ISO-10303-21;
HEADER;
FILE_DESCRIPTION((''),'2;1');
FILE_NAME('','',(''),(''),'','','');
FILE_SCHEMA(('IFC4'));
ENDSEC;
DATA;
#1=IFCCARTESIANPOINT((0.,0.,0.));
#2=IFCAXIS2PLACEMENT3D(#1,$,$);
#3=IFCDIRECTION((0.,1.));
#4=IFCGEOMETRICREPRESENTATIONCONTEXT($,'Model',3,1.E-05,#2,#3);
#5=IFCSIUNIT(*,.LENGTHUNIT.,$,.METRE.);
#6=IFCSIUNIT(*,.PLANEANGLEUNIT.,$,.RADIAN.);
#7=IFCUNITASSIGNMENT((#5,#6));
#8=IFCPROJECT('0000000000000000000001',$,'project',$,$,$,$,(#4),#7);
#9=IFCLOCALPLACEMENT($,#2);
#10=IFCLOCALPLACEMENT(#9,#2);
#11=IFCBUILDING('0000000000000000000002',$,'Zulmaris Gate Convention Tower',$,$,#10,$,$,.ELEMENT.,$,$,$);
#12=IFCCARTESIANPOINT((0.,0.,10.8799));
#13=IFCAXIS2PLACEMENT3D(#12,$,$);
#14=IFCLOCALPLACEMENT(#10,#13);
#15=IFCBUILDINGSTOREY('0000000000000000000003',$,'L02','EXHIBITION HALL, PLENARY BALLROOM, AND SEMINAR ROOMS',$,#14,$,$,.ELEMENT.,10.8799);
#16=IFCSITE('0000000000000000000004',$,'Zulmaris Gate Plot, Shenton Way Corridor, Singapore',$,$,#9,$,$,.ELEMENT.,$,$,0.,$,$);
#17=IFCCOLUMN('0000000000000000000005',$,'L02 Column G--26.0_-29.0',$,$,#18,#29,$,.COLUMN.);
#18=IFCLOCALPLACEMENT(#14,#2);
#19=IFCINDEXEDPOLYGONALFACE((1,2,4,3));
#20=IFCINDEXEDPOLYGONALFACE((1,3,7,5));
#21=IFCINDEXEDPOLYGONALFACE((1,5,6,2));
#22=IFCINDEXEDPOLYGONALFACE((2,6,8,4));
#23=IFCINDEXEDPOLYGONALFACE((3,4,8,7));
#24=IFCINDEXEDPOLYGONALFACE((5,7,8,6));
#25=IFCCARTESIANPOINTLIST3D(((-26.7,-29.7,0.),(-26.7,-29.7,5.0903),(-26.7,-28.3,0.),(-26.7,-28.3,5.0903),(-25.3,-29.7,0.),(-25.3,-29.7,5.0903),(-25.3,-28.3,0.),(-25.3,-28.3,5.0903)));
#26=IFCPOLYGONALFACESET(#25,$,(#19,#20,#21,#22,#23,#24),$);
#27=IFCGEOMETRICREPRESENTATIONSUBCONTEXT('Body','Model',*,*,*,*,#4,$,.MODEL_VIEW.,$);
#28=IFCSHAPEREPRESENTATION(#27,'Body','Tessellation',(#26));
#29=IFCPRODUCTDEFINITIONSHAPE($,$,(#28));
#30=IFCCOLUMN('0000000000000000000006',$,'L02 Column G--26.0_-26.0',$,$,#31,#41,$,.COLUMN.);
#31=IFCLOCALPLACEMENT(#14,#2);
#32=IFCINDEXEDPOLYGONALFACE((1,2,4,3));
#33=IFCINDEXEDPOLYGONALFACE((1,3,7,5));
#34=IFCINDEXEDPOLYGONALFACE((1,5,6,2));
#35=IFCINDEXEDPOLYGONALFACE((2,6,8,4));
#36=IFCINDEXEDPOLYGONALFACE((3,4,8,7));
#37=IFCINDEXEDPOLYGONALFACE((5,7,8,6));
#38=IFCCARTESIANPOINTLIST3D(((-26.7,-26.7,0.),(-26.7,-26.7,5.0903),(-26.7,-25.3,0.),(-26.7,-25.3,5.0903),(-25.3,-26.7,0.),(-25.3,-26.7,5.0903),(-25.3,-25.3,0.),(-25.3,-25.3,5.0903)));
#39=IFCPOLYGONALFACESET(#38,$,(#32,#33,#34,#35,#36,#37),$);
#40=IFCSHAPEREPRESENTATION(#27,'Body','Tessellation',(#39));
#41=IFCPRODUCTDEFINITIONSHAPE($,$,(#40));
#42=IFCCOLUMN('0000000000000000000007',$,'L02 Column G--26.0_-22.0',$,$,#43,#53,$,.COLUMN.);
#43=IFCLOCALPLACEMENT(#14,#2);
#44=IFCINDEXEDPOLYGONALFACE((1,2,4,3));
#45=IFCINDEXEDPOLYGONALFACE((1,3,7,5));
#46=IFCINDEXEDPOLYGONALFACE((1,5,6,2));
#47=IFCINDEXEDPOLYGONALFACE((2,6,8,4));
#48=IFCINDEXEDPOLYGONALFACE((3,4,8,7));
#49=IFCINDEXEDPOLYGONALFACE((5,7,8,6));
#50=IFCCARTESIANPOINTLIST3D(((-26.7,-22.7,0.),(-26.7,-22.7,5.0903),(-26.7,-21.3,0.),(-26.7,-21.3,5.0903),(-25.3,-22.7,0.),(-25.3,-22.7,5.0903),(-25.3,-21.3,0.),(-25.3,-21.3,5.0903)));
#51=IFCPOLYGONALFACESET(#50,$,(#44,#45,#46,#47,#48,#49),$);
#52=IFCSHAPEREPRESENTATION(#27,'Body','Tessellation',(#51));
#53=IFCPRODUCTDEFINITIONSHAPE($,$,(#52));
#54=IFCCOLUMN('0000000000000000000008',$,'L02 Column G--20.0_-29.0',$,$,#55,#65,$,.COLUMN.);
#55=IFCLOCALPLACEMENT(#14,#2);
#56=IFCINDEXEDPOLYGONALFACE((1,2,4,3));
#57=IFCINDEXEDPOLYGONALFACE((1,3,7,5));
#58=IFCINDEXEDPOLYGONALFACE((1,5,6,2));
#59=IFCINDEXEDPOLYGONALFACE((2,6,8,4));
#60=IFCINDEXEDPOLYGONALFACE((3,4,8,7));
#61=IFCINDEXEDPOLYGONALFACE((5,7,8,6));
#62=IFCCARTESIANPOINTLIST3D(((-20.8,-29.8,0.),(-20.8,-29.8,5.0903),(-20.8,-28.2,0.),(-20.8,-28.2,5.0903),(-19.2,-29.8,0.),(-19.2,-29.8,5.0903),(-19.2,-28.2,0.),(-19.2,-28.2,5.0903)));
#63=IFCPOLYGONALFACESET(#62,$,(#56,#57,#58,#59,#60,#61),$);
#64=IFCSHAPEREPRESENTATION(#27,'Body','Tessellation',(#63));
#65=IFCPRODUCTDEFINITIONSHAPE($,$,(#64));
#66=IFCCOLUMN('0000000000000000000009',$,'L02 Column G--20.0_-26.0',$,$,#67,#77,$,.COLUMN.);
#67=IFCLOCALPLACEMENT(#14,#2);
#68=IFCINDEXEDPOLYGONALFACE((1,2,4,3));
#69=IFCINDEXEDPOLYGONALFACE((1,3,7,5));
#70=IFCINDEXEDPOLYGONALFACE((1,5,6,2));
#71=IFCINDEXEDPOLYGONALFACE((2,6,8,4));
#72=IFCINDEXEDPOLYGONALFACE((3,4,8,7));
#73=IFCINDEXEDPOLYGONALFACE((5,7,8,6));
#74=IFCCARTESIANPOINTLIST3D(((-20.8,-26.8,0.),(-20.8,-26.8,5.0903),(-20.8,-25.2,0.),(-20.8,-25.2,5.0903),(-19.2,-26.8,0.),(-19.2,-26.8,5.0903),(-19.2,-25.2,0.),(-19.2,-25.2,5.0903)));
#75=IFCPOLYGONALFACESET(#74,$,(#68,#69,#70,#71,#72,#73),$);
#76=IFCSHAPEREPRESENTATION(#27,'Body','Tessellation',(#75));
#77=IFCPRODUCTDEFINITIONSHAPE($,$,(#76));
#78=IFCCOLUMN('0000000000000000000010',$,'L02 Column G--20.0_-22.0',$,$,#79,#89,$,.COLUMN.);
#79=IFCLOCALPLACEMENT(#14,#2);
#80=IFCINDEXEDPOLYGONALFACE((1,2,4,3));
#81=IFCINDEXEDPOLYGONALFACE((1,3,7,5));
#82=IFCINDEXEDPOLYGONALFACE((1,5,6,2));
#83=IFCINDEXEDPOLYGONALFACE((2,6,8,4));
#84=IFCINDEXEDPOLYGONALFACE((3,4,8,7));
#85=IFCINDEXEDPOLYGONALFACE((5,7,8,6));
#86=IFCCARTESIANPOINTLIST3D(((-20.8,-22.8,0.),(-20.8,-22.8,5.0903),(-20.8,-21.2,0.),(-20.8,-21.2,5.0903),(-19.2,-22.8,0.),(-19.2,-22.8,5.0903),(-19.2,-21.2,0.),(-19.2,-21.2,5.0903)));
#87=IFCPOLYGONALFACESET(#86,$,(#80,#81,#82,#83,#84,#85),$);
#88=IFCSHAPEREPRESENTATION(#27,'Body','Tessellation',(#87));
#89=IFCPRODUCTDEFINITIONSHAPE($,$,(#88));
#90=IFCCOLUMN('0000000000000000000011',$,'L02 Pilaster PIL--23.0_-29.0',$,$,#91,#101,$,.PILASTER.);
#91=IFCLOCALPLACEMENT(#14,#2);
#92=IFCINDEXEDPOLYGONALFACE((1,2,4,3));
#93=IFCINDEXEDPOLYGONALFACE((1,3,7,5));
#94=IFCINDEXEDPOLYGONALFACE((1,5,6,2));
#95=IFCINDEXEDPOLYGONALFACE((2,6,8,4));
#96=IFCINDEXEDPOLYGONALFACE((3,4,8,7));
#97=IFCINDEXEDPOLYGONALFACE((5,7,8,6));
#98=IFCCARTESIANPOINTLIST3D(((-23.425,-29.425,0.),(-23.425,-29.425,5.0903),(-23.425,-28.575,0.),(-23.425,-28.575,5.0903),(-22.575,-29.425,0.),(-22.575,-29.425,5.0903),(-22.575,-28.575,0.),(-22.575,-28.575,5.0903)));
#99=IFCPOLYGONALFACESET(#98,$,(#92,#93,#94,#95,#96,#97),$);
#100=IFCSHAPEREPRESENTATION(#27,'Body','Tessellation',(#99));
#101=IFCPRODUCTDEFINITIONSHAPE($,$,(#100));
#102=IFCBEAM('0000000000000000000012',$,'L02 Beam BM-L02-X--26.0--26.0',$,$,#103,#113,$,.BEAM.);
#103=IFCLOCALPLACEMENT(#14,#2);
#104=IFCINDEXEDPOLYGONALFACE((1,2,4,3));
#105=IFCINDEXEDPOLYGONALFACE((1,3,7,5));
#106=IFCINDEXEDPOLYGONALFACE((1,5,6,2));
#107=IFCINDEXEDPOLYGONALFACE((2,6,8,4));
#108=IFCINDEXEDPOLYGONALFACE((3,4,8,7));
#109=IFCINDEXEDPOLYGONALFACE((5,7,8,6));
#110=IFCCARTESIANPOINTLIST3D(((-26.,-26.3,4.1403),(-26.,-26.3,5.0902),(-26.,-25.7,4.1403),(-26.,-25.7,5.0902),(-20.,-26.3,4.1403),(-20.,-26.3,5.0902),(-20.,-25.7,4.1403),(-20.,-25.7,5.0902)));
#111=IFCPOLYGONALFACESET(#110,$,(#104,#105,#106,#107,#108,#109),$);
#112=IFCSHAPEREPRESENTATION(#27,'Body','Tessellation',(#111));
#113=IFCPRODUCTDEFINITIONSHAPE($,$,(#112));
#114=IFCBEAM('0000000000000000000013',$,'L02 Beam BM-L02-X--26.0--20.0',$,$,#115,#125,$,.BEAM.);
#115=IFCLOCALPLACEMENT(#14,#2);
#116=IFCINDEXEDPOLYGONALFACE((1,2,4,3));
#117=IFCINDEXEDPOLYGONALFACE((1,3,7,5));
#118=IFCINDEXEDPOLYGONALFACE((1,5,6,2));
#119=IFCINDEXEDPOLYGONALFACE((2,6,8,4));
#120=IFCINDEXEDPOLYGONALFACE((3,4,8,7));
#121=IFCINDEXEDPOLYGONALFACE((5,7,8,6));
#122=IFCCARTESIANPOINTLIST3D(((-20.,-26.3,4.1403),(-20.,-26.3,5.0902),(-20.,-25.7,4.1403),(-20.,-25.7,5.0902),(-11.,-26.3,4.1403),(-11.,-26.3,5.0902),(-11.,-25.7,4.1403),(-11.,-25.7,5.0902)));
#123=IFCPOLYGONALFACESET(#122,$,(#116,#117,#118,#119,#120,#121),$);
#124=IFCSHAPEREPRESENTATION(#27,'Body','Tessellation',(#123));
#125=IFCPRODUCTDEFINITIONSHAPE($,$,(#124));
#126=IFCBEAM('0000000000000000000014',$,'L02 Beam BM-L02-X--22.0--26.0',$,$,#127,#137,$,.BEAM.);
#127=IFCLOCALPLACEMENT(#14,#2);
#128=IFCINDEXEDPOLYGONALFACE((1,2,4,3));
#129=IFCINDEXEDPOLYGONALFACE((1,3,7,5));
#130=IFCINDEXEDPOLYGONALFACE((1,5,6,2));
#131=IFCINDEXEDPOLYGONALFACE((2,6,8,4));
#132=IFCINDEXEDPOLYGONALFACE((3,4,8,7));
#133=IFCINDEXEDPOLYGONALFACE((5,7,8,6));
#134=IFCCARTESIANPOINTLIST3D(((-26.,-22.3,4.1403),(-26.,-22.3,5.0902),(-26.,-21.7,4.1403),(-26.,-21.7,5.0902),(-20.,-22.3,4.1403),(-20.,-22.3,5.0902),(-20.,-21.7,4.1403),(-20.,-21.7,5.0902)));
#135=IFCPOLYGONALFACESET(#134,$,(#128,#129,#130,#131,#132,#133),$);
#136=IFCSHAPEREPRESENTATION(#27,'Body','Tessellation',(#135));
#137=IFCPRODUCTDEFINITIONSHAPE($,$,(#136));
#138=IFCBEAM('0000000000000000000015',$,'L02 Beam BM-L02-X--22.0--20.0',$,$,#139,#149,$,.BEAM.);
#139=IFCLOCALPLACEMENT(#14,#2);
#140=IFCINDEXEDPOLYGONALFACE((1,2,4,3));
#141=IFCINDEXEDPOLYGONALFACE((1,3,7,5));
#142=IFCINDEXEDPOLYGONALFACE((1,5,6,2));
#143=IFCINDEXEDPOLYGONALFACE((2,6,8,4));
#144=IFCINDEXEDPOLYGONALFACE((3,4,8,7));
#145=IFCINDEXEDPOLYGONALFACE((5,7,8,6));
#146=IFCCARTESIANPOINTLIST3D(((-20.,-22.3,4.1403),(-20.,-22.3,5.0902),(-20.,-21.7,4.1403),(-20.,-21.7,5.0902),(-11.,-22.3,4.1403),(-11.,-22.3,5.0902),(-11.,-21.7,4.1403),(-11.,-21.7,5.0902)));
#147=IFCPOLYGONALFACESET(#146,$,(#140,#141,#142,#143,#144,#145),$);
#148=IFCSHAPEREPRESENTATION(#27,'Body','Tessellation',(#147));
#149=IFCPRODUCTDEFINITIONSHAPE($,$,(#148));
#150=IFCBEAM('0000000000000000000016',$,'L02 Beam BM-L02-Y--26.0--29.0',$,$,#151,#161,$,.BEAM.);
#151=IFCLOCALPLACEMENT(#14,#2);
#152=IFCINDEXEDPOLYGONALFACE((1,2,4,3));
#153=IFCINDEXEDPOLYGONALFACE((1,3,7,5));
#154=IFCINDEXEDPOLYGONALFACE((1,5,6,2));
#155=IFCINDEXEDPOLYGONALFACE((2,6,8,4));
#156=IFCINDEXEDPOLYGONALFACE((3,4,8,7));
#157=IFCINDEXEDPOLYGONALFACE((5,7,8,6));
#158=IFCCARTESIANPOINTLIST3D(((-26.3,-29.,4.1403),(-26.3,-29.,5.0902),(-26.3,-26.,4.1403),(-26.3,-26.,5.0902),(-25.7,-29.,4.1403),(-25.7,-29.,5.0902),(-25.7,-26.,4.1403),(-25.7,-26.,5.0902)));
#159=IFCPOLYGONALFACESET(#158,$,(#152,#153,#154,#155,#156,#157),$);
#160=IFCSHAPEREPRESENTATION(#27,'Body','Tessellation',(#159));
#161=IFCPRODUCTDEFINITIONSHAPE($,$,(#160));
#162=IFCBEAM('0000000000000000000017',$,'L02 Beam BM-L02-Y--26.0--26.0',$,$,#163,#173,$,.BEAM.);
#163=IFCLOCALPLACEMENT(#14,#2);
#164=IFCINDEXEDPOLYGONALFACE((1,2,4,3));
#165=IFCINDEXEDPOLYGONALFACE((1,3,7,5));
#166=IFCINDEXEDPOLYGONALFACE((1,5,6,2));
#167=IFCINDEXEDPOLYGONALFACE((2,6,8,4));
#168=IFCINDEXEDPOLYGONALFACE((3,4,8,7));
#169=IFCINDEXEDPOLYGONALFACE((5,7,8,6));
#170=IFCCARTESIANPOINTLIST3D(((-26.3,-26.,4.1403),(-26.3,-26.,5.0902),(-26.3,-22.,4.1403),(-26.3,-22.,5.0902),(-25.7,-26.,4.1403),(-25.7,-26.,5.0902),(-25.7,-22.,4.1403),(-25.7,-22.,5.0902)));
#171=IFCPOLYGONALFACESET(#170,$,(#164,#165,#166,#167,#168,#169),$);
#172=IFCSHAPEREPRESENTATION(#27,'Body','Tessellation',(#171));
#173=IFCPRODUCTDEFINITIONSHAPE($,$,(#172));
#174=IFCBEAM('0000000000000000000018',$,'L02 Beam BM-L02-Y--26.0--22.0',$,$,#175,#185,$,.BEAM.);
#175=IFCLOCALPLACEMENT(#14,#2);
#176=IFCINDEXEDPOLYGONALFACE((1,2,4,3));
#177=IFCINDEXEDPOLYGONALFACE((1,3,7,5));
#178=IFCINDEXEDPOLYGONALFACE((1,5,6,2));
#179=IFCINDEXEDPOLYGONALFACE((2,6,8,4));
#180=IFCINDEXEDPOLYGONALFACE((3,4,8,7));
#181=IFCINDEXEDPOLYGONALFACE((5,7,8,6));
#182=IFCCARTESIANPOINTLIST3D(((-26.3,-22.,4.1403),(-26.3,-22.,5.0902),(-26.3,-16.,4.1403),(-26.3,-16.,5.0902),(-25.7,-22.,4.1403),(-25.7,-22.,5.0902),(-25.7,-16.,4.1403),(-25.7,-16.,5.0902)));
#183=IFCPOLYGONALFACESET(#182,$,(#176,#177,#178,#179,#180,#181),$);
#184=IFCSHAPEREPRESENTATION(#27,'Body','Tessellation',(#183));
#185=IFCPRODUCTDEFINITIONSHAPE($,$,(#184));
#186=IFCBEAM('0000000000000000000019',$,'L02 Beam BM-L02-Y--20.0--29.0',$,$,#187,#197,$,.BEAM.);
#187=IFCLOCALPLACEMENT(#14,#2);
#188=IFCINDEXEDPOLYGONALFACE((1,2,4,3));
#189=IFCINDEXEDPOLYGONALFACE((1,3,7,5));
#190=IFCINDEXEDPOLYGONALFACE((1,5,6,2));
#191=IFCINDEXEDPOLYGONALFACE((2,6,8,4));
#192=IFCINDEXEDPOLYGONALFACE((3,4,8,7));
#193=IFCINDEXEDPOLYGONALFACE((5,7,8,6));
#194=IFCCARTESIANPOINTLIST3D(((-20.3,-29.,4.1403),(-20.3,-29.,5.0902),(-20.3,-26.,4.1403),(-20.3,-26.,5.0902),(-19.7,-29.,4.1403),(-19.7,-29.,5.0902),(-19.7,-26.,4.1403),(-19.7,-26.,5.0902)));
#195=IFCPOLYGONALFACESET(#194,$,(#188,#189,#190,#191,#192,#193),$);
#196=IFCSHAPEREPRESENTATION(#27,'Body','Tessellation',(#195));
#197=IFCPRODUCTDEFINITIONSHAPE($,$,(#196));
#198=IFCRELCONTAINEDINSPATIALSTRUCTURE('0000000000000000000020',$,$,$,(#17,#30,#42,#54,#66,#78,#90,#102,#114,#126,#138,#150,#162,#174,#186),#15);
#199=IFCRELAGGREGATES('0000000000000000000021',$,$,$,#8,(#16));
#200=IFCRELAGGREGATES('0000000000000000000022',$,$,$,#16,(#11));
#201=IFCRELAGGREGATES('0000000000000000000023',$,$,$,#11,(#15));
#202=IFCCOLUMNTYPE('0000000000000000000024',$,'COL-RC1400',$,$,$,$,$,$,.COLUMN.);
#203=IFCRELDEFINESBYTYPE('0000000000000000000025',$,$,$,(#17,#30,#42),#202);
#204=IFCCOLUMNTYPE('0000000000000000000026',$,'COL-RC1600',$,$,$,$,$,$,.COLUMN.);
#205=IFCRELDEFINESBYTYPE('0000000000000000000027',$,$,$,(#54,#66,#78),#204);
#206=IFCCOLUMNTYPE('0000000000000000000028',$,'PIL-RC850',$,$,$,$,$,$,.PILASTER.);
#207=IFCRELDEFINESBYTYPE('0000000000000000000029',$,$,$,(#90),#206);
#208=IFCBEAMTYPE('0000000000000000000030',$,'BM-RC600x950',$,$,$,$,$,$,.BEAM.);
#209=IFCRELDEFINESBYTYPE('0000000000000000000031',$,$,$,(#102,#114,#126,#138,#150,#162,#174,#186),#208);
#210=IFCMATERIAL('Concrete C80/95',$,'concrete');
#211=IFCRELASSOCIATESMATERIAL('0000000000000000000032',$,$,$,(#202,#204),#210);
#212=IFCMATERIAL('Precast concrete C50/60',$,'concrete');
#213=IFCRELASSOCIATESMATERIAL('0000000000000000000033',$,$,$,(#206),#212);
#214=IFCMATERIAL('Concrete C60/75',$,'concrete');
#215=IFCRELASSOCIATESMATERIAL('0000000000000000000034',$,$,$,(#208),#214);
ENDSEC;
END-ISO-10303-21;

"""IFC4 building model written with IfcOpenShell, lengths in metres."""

from ifc_helpers import new_model, si_unit, direction, frame, origin, origin_2d, place, context, subcontext, project, spatial, rectangle, extrude, material, material_profile, profile_set, type_object, element, save


model = new_model("IFC4")

# Units and contexts
model_context = context("Model", 3, precision=1e-05, world=origin(), true_north=direction((0.0, 1.0)))
body_context = subcontext(model_context, "Body", "Model", "MODEL_VIEW")
ifc_project = project(units=[si_unit("LENGTHUNIT", "METRE"), si_unit("PLANEANGLEUNIT", "RADIAN")], contexts=[model_context])

# Site, building, storey
site_placement = place(None, origin())
site = spatial("IfcSite", under=ifc_project, at=site_placement, Name="Zulmaris Gate Plot, Shenton Way Corridor, Singapore", CompositionType="ELEMENT", RefElevation=0.0)
building_placement = place(site_placement, origin())
building = spatial("IfcBuilding", under=site, at=building_placement, Name="Zulmaris Gate Convention Tower", CompositionType="ELEMENT")
storey_placement = place(building_placement, frame((0.0, 0.0, 10.8799)))
storey = spatial("IfcBuildingStorey", under=building, at=storey_placement, Name="L02", Description="EXHIBITION HALL, PLENARY BALLROOM, AND SEMINAR ROOMS", CompositionType="ELEMENT", Elevation=10.8799)

# Columns
ifc_material_1 = material(Name="Concrete C80/95", Category="concrete")
ifc_material_profile_1 = material_profile(ifc_material_1, rectangle(XDim=1.3999, YDim=1.3999, at=origin_2d()), Name="RC COL 1400x1400")
ifc_profile_set_1 = profile_set([ifc_material_profile_1], Name="Concrete C80/95")
column_type_1 = type_object("IfcColumnType", Name="COL-RC1400", PredefinedType="COLUMN", material=ifc_profile_set_1)
for number, where, z_axis, x_axis, name in (
    (1, (-26.0, -29.0, 0.0), (0.0, 0.0, 1.0), (1.0, 0.0, 0.0), "L02 Column G--26.0_-29.0"),
    (2, (-26.0, -26.0, 0.0), (0.0, 0.0, 1.0), (1.0, 0.0, 0.0), "L02 Column G--26.0_-26.0"),
    (3, (-26.0, -22.0, 0.0), (0.0, 0.0, 1.0), (1.0, 0.0, 0.0), "L02 Column G--26.0_-22.0"),
):
    element("IfcColumn", number, at=place(storey_placement, frame(where, z_axis=z_axis, x_axis=x_axis)), inside=storey, type_object=column_type_1, Name=name, PredefinedType="COLUMN", context=body_context, shape_type="SweptSolid", body=[
        extrude(rectangle(XDim=1.3999, YDim=1.3999, at=origin_2d()), origin(), (0.0, 0.0, 1.0), 5.0903),
    ])
ifc_material_profile_2 = material_profile(ifc_material_1, rectangle(XDim=1.6001, YDim=1.6001, at=origin_2d()), Name="RC COL 1600x1600")
ifc_profile_set_2 = profile_set([ifc_material_profile_2], Name="Concrete C80/95")
column_type_2 = type_object("IfcColumnType", Name="COL-RC1600", PredefinedType="COLUMN", material=ifc_profile_set_2)
for number, where, z_axis, x_axis, name in (
    (4, (-20.0, -29.0, 0.0), (0.0, 0.0, 1.0), (1.0, 0.0, 0.0), "L02 Column G--20.0_-29.0"),
    (5, (-20.0, -26.0, 0.0), (0.0, 0.0, 1.0), (1.0, 0.0, 0.0), "L02 Column G--20.0_-26.0"),
    (6, (-20.0, -22.0, 0.0), (0.0, 0.0, 1.0), (1.0, 0.0, 0.0), "L02 Column G--20.0_-22.0"),
):
    element("IfcColumn", number, at=place(storey_placement, frame(where, z_axis=z_axis, x_axis=x_axis)), inside=storey, type_object=column_type_2, Name=name, PredefinedType="COLUMN", context=body_context, shape_type="SweptSolid", body=[
        extrude(rectangle(XDim=1.6001, YDim=1.6001, at=origin_2d()), origin(), (0.0, 0.0, 1.0), 5.0903),
    ])
ifc_material_2 = material(Name="Precast concrete C50/60", Category="concrete")
ifc_material_profile_3 = material_profile(ifc_material_2, rectangle(XDim=0.8501, YDim=0.8501, at=origin_2d()), Name="RC COL 850x850")
ifc_profile_set_3 = profile_set([ifc_material_profile_3], Name="Precast concrete C50/60")
column_type_3 = type_object("IfcColumnType", Name="PIL-RC850", PredefinedType="PILASTER", material=ifc_profile_set_3)
column_placement = place(storey_placement, frame((-23.0, -29.0, 0.0), z_axis=(0.0, 0.0, 1.0), x_axis=(1.0, 0.0, 0.0)))
element("IfcColumn", 7, at=column_placement, inside=storey, type_object=column_type_3, Name="L02 Pilaster PIL--23.0_-29.0", PredefinedType="PILASTER", context=body_context, shape_type="SweptSolid", body=[
    extrude(rectangle(XDim=0.8501, YDim=0.8501, at=origin_2d()), origin(), (0.0, 0.0, 1.0), 5.0903),
])

# Beams
ifc_material_3 = material(Name="Concrete C60/75", Category="concrete")
ifc_material_profile_4 = material_profile(ifc_material_3, rectangle(XDim=0.6001, YDim=0.95, at=origin_2d()), Name="RC BEAM 600x950")
ifc_profile_set_4 = profile_set([ifc_material_profile_4], Name="Concrete C60/75")
beam_type_1 = type_object("IfcBeamType", Name="BM-RC600x950", PredefinedType="BEAM", material=ifc_profile_set_4)
beam_1_placement = place(storey_placement, frame((-26.0, -26.0, 4.6152), z_axis=(1.0, 0.0, 0.0), x_axis=(0.0, 1.0, 0.0)))
element("IfcBeam", 8, at=beam_1_placement, inside=storey, type_object=beam_type_1, Name="L02 Beam BM-L02-X--26.0--26.0", PredefinedType="BEAM", context=body_context, shape_type="SweptSolid", body=[
    extrude(rectangle(XDim=0.6001, YDim=0.95, at=origin_2d()), origin(), (0.0, 0.0, 1.0), 6.0),
])
beam_2_placement = place(storey_placement, frame((-20.0, -26.0, 4.6152), z_axis=(1.0, 0.0, 0.0), x_axis=(0.0, 1.0, 0.0)))
element("IfcBeam", 9, at=beam_2_placement, inside=storey, type_object=beam_type_1, Name="L02 Beam BM-L02-X--26.0--20.0", PredefinedType="BEAM", context=body_context, shape_type="SweptSolid", body=[
    extrude(rectangle(XDim=0.6001, YDim=0.95, at=origin_2d()), origin(), (0.0, 0.0, 1.0), 9.0),
])
beam_3_placement = place(storey_placement, frame((-26.0, -22.0, 4.6152), z_axis=(1.0, 0.0, 0.0), x_axis=(0.0, 1.0, 0.0)))
element("IfcBeam", 10, at=beam_3_placement, inside=storey, type_object=beam_type_1, Name="L02 Beam BM-L02-X--22.0--26.0", PredefinedType="BEAM", context=body_context, shape_type="SweptSolid", body=[
    extrude(rectangle(XDim=0.6001, YDim=0.95, at=origin_2d()), origin(), (0.0, 0.0, 1.0), 6.0),
])
beam_4_placement = place(storey_placement, frame((-20.0, -22.0, 4.6152), z_axis=(1.0, 0.0, 0.0), x_axis=(0.0, 1.0, 0.0)))
element("IfcBeam", 11, at=beam_4_placement, inside=storey, type_object=beam_type_1, Name="L02 Beam BM-L02-X--22.0--20.0", PredefinedType="BEAM", context=body_context, shape_type="SweptSolid", body=[
    extrude(rectangle(XDim=0.6001, YDim=0.95, at=origin_2d()), origin(), (0.0, 0.0, 1.0), 9.0),
])
beam_5_placement = place(storey_placement, frame((-26.0, -29.0, 4.6152), z_axis=(0.0, 1.0, 0.0), x_axis=(-1.0, 0.0, 0.0)))
element("IfcBeam", 12, at=beam_5_placement, inside=storey, type_object=beam_type_1, Name="L02 Beam BM-L02-Y--26.0--29.0", PredefinedType="BEAM", context=body_context, shape_type="SweptSolid", body=[
    extrude(rectangle(XDim=0.6001, YDim=0.95, at=origin_2d()), origin(), (0.0, 0.0, 1.0), 3.0),
])
beam_6_placement = place(storey_placement, frame((-26.0, -26.0, 4.6152), z_axis=(0.0, 1.0, 0.0), x_axis=(-1.0, 0.0, 0.0)))
element("IfcBeam", 13, at=beam_6_placement, inside=storey, type_object=beam_type_1, Name="L02 Beam BM-L02-Y--26.0--26.0", PredefinedType="BEAM", context=body_context, shape_type="SweptSolid", body=[
    extrude(rectangle(XDim=0.6001, YDim=0.95, at=origin_2d()), origin(), (0.0, 0.0, 1.0), 4.0),
])
beam_7_placement = place(storey_placement, frame((-26.0, -22.0, 4.6152), z_axis=(0.0, 1.0, 0.0), x_axis=(-1.0, 0.0, 0.0)))
element("IfcBeam", 14, at=beam_7_placement, inside=storey, type_object=beam_type_1, Name="L02 Beam BM-L02-Y--26.0--22.0", PredefinedType="BEAM", context=body_context, shape_type="SweptSolid", body=[
    extrude(rectangle(XDim=0.6001, YDim=0.95, at=origin_2d()), origin(), (0.0, 0.0, 1.0), 6.0),
])
beam_8_placement = place(storey_placement, frame((-20.0, -29.0, 4.6152), z_axis=(0.0, 1.0, 0.0), x_axis=(-1.0, 0.0, 0.0)))
element("IfcBeam", 15, at=beam_8_placement, inside=storey, type_object=beam_type_1, Name="L02 Beam BM-L02-Y--20.0--29.0", PredefinedType="BEAM", context=body_context, shape_type="SweptSolid", body=[
    extrude(rectangle(XDim=0.6001, YDim=0.95, at=origin_2d()), origin(), (0.0, 0.0, 1.0), 3.0),
])

save(model, "model.ifc")
